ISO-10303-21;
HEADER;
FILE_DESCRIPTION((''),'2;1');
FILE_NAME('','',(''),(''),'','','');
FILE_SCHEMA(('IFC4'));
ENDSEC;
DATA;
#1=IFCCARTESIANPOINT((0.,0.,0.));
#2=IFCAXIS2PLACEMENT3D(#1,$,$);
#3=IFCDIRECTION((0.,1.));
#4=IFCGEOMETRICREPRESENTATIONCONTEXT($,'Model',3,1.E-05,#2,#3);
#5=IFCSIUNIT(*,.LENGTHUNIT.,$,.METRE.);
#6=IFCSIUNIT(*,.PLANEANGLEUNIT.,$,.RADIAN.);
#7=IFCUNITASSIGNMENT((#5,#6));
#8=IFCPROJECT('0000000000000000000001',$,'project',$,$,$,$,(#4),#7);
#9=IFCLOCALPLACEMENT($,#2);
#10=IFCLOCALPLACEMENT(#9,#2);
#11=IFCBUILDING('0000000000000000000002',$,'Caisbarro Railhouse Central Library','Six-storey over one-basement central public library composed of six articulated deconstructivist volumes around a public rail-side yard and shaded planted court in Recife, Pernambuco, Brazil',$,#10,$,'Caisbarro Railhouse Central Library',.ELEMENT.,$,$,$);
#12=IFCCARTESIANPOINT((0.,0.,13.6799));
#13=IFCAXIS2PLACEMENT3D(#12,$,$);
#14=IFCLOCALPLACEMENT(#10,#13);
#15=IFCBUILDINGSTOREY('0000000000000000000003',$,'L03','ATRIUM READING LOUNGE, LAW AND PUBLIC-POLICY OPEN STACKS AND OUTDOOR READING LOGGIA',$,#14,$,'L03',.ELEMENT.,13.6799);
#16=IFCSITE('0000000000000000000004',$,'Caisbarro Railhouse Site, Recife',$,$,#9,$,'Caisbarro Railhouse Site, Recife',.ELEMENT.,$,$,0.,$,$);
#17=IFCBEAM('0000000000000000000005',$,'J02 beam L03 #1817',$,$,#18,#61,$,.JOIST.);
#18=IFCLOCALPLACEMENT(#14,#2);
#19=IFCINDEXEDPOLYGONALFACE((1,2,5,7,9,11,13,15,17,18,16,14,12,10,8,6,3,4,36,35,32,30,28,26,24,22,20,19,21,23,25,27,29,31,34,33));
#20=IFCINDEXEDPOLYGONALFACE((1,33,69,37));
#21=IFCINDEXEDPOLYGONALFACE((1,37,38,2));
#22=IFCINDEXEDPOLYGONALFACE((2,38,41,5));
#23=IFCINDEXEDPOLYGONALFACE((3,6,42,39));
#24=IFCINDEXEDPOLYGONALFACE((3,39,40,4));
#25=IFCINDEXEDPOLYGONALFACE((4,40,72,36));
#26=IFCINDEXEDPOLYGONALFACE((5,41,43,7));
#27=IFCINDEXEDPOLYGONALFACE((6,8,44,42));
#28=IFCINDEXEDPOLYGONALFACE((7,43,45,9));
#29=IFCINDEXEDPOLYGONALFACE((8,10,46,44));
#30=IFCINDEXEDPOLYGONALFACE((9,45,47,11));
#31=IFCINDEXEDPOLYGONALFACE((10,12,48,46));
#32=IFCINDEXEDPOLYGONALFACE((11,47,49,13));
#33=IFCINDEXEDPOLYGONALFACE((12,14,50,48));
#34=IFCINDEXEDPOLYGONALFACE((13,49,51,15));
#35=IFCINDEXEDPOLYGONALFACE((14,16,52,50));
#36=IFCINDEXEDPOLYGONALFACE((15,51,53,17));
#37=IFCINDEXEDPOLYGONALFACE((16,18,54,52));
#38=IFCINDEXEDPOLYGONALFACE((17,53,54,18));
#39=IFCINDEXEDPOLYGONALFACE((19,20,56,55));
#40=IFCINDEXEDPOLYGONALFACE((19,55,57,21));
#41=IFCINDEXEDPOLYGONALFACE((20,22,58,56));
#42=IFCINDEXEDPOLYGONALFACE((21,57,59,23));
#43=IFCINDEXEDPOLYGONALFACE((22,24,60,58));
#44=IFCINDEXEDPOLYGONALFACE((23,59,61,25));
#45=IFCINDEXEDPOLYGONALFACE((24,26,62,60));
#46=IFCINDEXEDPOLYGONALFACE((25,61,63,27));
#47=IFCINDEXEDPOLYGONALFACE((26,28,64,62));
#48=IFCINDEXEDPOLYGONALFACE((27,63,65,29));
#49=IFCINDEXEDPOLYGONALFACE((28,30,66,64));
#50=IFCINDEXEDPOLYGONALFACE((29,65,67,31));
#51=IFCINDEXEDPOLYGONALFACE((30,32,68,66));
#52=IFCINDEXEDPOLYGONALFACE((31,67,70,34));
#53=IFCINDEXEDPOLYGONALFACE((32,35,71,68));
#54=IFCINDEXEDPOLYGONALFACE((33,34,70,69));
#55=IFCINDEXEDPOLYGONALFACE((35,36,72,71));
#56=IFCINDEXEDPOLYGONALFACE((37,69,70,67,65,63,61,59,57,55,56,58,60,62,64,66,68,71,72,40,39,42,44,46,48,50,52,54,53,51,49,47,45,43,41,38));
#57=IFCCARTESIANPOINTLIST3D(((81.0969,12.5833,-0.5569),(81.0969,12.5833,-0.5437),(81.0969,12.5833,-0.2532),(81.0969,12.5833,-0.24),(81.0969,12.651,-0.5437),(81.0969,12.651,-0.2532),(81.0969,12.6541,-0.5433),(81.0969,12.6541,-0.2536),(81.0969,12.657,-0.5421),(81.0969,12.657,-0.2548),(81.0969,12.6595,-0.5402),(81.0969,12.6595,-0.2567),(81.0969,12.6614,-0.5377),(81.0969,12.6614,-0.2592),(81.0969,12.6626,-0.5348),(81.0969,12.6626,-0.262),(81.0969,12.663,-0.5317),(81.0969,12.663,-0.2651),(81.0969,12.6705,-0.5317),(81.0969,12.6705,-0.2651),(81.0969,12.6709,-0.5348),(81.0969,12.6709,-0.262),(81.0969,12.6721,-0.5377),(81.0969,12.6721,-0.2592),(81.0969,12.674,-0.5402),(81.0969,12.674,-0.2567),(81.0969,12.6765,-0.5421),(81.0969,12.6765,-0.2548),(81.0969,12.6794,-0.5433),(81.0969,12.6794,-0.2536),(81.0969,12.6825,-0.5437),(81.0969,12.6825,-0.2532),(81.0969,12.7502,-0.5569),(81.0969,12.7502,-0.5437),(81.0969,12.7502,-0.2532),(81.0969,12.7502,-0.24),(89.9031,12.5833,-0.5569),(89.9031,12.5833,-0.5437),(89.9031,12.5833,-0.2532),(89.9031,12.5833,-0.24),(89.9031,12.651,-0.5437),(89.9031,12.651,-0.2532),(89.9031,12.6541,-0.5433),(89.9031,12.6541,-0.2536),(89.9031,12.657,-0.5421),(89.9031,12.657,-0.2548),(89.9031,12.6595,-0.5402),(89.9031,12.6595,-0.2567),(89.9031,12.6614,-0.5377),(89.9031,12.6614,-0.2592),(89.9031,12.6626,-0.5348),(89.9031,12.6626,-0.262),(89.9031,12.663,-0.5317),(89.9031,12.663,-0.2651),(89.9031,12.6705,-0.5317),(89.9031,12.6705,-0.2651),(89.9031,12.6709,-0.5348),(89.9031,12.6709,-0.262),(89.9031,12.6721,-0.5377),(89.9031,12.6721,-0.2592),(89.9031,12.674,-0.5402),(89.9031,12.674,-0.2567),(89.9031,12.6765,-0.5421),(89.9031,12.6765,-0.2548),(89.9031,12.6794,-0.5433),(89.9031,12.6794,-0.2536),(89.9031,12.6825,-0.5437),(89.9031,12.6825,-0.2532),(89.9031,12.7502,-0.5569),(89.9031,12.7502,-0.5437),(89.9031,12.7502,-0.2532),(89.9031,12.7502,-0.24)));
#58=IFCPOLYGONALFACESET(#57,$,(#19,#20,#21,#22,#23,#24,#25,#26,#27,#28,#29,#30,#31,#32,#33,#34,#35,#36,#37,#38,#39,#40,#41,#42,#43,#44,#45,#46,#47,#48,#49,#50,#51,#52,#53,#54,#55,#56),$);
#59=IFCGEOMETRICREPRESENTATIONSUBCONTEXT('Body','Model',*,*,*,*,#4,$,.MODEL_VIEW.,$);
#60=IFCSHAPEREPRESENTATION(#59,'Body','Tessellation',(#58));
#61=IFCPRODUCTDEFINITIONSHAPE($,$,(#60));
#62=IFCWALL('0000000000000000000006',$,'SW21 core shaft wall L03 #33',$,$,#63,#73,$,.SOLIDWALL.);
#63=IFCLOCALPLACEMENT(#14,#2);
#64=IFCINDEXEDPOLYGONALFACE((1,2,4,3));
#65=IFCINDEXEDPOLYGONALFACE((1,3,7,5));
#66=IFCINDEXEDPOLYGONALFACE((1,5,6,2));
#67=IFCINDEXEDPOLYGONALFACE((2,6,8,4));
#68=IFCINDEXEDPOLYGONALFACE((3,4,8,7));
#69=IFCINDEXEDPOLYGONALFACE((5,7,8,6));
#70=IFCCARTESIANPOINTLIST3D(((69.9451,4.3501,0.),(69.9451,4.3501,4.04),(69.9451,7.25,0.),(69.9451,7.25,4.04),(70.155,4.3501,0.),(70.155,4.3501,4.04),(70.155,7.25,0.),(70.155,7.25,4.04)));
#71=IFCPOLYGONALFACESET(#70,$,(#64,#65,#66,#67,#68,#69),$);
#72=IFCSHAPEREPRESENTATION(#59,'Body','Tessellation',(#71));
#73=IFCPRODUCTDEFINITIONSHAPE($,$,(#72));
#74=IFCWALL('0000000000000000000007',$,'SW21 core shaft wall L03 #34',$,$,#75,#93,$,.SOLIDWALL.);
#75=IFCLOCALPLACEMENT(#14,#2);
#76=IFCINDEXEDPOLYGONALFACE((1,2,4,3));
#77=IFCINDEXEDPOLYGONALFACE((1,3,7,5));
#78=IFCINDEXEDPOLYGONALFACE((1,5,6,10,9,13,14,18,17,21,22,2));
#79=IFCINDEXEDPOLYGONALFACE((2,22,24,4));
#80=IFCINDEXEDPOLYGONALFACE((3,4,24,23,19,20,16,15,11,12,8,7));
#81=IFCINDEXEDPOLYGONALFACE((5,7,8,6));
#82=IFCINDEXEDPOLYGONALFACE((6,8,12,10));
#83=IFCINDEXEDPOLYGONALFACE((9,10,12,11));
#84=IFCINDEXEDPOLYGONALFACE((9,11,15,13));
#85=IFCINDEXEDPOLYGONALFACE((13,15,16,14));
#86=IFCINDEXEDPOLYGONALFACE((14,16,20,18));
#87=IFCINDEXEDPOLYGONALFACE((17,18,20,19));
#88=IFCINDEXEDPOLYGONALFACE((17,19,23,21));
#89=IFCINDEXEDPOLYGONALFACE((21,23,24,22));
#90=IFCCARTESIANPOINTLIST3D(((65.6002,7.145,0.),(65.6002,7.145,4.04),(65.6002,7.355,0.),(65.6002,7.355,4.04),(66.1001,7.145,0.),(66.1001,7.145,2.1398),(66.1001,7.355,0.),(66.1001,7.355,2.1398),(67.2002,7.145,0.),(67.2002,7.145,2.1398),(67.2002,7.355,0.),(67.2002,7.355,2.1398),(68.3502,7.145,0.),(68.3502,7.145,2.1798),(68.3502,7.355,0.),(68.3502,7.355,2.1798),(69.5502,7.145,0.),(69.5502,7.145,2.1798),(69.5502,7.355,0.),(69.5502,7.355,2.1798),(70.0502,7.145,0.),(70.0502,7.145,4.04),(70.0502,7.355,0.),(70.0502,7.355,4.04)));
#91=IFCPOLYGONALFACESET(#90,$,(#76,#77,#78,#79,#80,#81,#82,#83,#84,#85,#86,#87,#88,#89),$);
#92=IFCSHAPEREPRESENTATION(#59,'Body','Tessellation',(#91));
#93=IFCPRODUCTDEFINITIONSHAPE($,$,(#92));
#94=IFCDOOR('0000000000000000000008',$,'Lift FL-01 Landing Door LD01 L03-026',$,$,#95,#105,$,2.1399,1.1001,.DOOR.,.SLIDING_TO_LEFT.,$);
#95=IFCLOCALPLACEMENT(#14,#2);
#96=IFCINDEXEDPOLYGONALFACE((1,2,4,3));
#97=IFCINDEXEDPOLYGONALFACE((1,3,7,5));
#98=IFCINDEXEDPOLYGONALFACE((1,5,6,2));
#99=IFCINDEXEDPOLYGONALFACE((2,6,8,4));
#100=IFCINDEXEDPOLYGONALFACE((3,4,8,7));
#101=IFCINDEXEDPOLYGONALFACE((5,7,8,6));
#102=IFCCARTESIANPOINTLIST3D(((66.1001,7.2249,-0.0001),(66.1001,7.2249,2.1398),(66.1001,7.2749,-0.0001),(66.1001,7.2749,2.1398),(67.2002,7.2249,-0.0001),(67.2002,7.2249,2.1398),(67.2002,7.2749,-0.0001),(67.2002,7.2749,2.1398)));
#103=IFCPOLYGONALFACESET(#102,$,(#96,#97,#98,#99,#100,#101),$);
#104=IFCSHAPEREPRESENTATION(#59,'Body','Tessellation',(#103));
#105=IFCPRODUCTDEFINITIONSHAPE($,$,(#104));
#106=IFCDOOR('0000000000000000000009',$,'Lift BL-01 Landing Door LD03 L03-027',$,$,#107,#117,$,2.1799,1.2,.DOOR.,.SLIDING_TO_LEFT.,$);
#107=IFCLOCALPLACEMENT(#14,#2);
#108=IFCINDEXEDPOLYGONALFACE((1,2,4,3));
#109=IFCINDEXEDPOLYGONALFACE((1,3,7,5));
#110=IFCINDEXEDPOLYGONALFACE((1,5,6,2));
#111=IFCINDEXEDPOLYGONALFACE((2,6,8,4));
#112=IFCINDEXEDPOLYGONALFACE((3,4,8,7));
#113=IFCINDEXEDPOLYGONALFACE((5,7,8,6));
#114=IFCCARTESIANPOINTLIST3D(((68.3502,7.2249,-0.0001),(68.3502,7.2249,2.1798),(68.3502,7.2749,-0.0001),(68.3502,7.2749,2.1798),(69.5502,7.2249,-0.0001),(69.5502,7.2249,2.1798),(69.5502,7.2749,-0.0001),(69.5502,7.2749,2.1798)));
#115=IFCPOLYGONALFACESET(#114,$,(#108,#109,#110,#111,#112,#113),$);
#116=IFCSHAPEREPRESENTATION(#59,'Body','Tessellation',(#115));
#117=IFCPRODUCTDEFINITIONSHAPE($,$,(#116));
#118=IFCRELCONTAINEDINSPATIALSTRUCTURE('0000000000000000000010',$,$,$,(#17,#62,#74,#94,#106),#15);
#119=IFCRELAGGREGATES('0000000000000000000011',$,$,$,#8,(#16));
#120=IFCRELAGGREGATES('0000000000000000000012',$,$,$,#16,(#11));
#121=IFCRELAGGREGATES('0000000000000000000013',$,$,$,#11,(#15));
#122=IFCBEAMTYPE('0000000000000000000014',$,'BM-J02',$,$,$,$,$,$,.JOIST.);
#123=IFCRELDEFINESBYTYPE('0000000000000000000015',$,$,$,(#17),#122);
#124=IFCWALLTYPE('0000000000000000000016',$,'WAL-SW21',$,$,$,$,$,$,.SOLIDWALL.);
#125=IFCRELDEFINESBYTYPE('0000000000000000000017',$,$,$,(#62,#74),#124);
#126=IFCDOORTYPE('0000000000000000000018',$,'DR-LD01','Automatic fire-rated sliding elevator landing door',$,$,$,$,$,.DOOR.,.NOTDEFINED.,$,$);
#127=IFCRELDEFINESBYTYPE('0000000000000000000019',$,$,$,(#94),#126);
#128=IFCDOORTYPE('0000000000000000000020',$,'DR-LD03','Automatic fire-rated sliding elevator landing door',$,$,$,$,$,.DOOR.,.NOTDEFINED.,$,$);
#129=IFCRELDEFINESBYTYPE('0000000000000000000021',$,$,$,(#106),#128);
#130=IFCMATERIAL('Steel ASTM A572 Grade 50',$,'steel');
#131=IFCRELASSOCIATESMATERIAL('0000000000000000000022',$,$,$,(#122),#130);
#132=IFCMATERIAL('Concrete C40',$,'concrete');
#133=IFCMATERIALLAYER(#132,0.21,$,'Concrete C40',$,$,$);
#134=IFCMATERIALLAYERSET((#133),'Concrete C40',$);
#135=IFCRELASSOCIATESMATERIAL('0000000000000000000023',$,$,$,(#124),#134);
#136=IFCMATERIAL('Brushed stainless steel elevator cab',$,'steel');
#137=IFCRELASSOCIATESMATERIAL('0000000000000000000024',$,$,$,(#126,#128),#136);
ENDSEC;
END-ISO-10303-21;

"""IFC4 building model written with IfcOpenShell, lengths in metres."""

from ifc_helpers import new_model, si_unit, direction, frame, frame_2d, origin, origin_2d, place, context, subcontext, project, spatial, rectangle, i_section, extrude, material, layer, layer_set, material_profile, profile_set, type_object, element, fill, save


model = new_model("IFC4")

# Units and contexts
model_context = context("Model", 3, precision=1e-05, world=origin(), true_north=direction((0.0, 1.0)))
body_context = subcontext(model_context, "Body", "Model", "MODEL_VIEW")
ifc_project = project(units=[si_unit("LENGTHUNIT", "METRE"), si_unit("PLANEANGLEUNIT", "RADIAN")], contexts=[model_context])

# Site, building, storey
site_placement = place(None, origin())
site = spatial("IfcSite", under=ifc_project, at=site_placement, Name="Caisbarro Railhouse Site, Recife", LongName="Caisbarro Railhouse Site, Recife", CompositionType="ELEMENT", RefElevation=0.0)
building_placement = place(site_placement, origin())
building = spatial("IfcBuilding", under=site, at=building_placement, Name="Caisbarro Railhouse Central Library", Description="Six-storey over one-basement central public library composed of six articulated deconstructivist volumes around a public rail-side yard and shaded planted court in Recife, Pernambuco, Brazil", LongName="Caisbarro Railhouse Central Library", CompositionType="ELEMENT")
storey_placement = place(building_placement, frame((0.0, 0.0, 13.6799)))
storey = spatial("IfcBuildingStorey", under=building, at=storey_placement, Name="L03", Description="ATRIUM READING LOUNGE, LAW AND PUBLIC-POLICY OPEN STACKS AND OUTDOOR READING LOGGIA", LongName="L03", CompositionType="ELEMENT", Elevation=13.6799)

# Shared definitions
ifc_material_1 = material(Name="Steel ASTM A572 Grade 50", Category="steel")

# Beam
ifc_material_profile_1 = material_profile(ifc_material_1, i_section(OverallWidth=0.167, OverallDepth=0.3169, WebThickness=0.0076, FlangeThickness=0.0132, FilletRadius=0.012, at=origin_2d()), Name="W310X52.0")
ifc_profile_set_1 = profile_set([ifc_material_profile_1], Name="Steel ASTM A572 Grade 50")
beam_type_1 = type_object("IfcBeamType", Name="BM-J02", PredefinedType="JOIST", material=ifc_profile_set_1)
for number, where, z_axis, x_axis, name in (
    (1, (81.0969, 12.6667, -0.3984), (1.0, 0.0, 0.0), (0.0, 1.0, 0.0), "J02 beam L03 #1817"),
):
    element("IfcBeam", number, at=place(storey_placement, frame(where, z_axis=z_axis, x_axis=x_axis)), inside=storey, type_object=beam_type_1, Name=name, PredefinedType="JOIST", context=body_context, shape_type="SweptSolid", body=[
        extrude(i_section(OverallWidth=0.167, OverallDepth=0.3169, WebThickness=0.0076, FlangeThickness=0.0132, FilletRadius=0.012, at=origin_2d()), origin(), (0.0, 0.0, 1.0), 8.8062),
    ])

# Wall
ifc_material_2 = material(Name="Concrete C40", Category="concrete")
ifc_layer_1 = layer(ifc_material_2, 0.21, Name="Concrete C40")
ifc_layer_set_1 = layer_set([ifc_layer_1], Name="Concrete C40")
wall_type_1 = type_object("IfcWallType", Name="WAL-SW21", PredefinedType="SOLIDWALL", material=ifc_layer_set_1)
wall_1_placement = place(storey_placement, frame((70.05, 4.3501, 0.0), z_axis=(0.0, 0.0, 1.0), x_axis=(0.0, 1.0, 0.0)))
element("IfcWall", 2, at=wall_1_placement, inside=storey, type_object=wall_type_1, Name="SW21 core shaft wall L03 #33", PredefinedType="SOLIDWALL", context=body_context, shape_type="SweptSolid", body=[
    extrude(rectangle(XDim=2.8999, YDim=0.21, at=frame_2d((1.45, 0.0))), origin(), (0.0, 0.0, 1.0), 4.04),
])

# Wall, openings, doors
wall_2_placement = place(storey_placement, frame((65.6001, 7.25, 0.0), z_axis=(0.0, 0.0, 1.0), x_axis=(1.0, 0.0, 0.0)))
wall_2 = element("IfcWall", 3, at=wall_2_placement, inside=storey, type_object=wall_type_1, Name="SW21 core shaft wall L03 #34", PredefinedType="SOLIDWALL", context=body_context, shape_type="SweptSolid", body=[
    extrude(rectangle(XDim=4.45, YDim=0.21, at=frame_2d((2.2251, 0.0))), origin(), (0.0, 0.0, 1.0), 4.04),
])
opening_1_placement = place(wall_2_placement, frame((0.5, 0.0, 0.0)))
opening_1 = element("IfcOpeningElement", 4, at=opening_1_placement, cuts=wall_2, PredefinedType="OPENING", context=body_context, shape_type="SweptSolid", body=[
    extrude(rectangle(XDim=1.1001, YDim=2.1399, at=frame_2d((0.55, 1.0698))), frame((0.0, 0.115, 0.0), z_axis=(0.0, -1.0, 0.0), x_axis=(1.0, 0.0, 0.0)), (0.0, 0.0, 1.0), 0.23),
])
opening_2_placement = place(wall_2_placement, frame((2.75, 0.0, 0.0)))
opening_2 = element("IfcOpeningElement", 5, at=opening_2_placement, cuts=wall_2, PredefinedType="OPENING", context=body_context, shape_type="SweptSolid", body=[
    extrude(rectangle(XDim=1.2, YDim=2.1799, at=frame_2d((0.6001, 1.0898))), frame((0.0, 0.115, 0.0), z_axis=(0.0, -1.0, 0.0), x_axis=(1.0, 0.0, 0.0)), (0.0, 0.0, 1.0), 0.23),
])
ifc_material_3 = material(Name="Brushed stainless steel elevator cab", Category="steel")
door_type_1 = type_object("IfcDoorType", Name="DR-LD01", Description="Automatic fire-rated sliding elevator landing door", OperationType="NOTDEFINED", PredefinedType="DOOR", material=ifc_material_3)
door_1_placement = place(opening_1_placement, origin())
door_1 = element("IfcDoor", 6, at=door_1_placement, inside=storey, type_object=door_type_1, Name="Lift FL-01 Landing Door LD01 L03-026", OperationType="SLIDING_TO_LEFT", OverallHeight=2.1399, OverallWidth=1.1001, PredefinedType="DOOR", context=body_context, shape_type="SweptSolid", body=[
    extrude(rectangle(XDim=1.1001, YDim=2.1399, at=frame_2d((0.55, 1.0698))), frame((0.0, 0.0249, 0.0), z_axis=(0.0, -1.0, 0.0), x_axis=(1.0, 0.0, 0.0)), (0.0, 0.0, 1.0), 0.05),
])
fill(opening_1, door_1)
door_type_2 = type_object("IfcDoorType", Name="DR-LD03", Description="Automatic fire-rated sliding elevator landing door", OperationType="NOTDEFINED", PredefinedType="DOOR", material=ifc_material_3)
door_2_placement = place(opening_2_placement, origin())
door_2 = element("IfcDoor", 7, at=door_2_placement, inside=storey, type_object=door_type_2, Name="Lift BL-01 Landing Door LD03 L03-027", OperationType="SLIDING_TO_LEFT", OverallHeight=2.1799, OverallWidth=1.2, PredefinedType="DOOR", context=body_context, shape_type="SweptSolid", body=[
    extrude(rectangle(XDim=1.2, YDim=2.1799, at=frame_2d((0.6001, 1.0898))), frame((0.0, 0.0249, 0.0), z_axis=(0.0, -1.0, 0.0), x_axis=(1.0, 0.0, 0.0)), (0.0, 0.0, 1.0), 0.05),
])
fill(opening_2, door_2)

save(model, "model.ifc")
